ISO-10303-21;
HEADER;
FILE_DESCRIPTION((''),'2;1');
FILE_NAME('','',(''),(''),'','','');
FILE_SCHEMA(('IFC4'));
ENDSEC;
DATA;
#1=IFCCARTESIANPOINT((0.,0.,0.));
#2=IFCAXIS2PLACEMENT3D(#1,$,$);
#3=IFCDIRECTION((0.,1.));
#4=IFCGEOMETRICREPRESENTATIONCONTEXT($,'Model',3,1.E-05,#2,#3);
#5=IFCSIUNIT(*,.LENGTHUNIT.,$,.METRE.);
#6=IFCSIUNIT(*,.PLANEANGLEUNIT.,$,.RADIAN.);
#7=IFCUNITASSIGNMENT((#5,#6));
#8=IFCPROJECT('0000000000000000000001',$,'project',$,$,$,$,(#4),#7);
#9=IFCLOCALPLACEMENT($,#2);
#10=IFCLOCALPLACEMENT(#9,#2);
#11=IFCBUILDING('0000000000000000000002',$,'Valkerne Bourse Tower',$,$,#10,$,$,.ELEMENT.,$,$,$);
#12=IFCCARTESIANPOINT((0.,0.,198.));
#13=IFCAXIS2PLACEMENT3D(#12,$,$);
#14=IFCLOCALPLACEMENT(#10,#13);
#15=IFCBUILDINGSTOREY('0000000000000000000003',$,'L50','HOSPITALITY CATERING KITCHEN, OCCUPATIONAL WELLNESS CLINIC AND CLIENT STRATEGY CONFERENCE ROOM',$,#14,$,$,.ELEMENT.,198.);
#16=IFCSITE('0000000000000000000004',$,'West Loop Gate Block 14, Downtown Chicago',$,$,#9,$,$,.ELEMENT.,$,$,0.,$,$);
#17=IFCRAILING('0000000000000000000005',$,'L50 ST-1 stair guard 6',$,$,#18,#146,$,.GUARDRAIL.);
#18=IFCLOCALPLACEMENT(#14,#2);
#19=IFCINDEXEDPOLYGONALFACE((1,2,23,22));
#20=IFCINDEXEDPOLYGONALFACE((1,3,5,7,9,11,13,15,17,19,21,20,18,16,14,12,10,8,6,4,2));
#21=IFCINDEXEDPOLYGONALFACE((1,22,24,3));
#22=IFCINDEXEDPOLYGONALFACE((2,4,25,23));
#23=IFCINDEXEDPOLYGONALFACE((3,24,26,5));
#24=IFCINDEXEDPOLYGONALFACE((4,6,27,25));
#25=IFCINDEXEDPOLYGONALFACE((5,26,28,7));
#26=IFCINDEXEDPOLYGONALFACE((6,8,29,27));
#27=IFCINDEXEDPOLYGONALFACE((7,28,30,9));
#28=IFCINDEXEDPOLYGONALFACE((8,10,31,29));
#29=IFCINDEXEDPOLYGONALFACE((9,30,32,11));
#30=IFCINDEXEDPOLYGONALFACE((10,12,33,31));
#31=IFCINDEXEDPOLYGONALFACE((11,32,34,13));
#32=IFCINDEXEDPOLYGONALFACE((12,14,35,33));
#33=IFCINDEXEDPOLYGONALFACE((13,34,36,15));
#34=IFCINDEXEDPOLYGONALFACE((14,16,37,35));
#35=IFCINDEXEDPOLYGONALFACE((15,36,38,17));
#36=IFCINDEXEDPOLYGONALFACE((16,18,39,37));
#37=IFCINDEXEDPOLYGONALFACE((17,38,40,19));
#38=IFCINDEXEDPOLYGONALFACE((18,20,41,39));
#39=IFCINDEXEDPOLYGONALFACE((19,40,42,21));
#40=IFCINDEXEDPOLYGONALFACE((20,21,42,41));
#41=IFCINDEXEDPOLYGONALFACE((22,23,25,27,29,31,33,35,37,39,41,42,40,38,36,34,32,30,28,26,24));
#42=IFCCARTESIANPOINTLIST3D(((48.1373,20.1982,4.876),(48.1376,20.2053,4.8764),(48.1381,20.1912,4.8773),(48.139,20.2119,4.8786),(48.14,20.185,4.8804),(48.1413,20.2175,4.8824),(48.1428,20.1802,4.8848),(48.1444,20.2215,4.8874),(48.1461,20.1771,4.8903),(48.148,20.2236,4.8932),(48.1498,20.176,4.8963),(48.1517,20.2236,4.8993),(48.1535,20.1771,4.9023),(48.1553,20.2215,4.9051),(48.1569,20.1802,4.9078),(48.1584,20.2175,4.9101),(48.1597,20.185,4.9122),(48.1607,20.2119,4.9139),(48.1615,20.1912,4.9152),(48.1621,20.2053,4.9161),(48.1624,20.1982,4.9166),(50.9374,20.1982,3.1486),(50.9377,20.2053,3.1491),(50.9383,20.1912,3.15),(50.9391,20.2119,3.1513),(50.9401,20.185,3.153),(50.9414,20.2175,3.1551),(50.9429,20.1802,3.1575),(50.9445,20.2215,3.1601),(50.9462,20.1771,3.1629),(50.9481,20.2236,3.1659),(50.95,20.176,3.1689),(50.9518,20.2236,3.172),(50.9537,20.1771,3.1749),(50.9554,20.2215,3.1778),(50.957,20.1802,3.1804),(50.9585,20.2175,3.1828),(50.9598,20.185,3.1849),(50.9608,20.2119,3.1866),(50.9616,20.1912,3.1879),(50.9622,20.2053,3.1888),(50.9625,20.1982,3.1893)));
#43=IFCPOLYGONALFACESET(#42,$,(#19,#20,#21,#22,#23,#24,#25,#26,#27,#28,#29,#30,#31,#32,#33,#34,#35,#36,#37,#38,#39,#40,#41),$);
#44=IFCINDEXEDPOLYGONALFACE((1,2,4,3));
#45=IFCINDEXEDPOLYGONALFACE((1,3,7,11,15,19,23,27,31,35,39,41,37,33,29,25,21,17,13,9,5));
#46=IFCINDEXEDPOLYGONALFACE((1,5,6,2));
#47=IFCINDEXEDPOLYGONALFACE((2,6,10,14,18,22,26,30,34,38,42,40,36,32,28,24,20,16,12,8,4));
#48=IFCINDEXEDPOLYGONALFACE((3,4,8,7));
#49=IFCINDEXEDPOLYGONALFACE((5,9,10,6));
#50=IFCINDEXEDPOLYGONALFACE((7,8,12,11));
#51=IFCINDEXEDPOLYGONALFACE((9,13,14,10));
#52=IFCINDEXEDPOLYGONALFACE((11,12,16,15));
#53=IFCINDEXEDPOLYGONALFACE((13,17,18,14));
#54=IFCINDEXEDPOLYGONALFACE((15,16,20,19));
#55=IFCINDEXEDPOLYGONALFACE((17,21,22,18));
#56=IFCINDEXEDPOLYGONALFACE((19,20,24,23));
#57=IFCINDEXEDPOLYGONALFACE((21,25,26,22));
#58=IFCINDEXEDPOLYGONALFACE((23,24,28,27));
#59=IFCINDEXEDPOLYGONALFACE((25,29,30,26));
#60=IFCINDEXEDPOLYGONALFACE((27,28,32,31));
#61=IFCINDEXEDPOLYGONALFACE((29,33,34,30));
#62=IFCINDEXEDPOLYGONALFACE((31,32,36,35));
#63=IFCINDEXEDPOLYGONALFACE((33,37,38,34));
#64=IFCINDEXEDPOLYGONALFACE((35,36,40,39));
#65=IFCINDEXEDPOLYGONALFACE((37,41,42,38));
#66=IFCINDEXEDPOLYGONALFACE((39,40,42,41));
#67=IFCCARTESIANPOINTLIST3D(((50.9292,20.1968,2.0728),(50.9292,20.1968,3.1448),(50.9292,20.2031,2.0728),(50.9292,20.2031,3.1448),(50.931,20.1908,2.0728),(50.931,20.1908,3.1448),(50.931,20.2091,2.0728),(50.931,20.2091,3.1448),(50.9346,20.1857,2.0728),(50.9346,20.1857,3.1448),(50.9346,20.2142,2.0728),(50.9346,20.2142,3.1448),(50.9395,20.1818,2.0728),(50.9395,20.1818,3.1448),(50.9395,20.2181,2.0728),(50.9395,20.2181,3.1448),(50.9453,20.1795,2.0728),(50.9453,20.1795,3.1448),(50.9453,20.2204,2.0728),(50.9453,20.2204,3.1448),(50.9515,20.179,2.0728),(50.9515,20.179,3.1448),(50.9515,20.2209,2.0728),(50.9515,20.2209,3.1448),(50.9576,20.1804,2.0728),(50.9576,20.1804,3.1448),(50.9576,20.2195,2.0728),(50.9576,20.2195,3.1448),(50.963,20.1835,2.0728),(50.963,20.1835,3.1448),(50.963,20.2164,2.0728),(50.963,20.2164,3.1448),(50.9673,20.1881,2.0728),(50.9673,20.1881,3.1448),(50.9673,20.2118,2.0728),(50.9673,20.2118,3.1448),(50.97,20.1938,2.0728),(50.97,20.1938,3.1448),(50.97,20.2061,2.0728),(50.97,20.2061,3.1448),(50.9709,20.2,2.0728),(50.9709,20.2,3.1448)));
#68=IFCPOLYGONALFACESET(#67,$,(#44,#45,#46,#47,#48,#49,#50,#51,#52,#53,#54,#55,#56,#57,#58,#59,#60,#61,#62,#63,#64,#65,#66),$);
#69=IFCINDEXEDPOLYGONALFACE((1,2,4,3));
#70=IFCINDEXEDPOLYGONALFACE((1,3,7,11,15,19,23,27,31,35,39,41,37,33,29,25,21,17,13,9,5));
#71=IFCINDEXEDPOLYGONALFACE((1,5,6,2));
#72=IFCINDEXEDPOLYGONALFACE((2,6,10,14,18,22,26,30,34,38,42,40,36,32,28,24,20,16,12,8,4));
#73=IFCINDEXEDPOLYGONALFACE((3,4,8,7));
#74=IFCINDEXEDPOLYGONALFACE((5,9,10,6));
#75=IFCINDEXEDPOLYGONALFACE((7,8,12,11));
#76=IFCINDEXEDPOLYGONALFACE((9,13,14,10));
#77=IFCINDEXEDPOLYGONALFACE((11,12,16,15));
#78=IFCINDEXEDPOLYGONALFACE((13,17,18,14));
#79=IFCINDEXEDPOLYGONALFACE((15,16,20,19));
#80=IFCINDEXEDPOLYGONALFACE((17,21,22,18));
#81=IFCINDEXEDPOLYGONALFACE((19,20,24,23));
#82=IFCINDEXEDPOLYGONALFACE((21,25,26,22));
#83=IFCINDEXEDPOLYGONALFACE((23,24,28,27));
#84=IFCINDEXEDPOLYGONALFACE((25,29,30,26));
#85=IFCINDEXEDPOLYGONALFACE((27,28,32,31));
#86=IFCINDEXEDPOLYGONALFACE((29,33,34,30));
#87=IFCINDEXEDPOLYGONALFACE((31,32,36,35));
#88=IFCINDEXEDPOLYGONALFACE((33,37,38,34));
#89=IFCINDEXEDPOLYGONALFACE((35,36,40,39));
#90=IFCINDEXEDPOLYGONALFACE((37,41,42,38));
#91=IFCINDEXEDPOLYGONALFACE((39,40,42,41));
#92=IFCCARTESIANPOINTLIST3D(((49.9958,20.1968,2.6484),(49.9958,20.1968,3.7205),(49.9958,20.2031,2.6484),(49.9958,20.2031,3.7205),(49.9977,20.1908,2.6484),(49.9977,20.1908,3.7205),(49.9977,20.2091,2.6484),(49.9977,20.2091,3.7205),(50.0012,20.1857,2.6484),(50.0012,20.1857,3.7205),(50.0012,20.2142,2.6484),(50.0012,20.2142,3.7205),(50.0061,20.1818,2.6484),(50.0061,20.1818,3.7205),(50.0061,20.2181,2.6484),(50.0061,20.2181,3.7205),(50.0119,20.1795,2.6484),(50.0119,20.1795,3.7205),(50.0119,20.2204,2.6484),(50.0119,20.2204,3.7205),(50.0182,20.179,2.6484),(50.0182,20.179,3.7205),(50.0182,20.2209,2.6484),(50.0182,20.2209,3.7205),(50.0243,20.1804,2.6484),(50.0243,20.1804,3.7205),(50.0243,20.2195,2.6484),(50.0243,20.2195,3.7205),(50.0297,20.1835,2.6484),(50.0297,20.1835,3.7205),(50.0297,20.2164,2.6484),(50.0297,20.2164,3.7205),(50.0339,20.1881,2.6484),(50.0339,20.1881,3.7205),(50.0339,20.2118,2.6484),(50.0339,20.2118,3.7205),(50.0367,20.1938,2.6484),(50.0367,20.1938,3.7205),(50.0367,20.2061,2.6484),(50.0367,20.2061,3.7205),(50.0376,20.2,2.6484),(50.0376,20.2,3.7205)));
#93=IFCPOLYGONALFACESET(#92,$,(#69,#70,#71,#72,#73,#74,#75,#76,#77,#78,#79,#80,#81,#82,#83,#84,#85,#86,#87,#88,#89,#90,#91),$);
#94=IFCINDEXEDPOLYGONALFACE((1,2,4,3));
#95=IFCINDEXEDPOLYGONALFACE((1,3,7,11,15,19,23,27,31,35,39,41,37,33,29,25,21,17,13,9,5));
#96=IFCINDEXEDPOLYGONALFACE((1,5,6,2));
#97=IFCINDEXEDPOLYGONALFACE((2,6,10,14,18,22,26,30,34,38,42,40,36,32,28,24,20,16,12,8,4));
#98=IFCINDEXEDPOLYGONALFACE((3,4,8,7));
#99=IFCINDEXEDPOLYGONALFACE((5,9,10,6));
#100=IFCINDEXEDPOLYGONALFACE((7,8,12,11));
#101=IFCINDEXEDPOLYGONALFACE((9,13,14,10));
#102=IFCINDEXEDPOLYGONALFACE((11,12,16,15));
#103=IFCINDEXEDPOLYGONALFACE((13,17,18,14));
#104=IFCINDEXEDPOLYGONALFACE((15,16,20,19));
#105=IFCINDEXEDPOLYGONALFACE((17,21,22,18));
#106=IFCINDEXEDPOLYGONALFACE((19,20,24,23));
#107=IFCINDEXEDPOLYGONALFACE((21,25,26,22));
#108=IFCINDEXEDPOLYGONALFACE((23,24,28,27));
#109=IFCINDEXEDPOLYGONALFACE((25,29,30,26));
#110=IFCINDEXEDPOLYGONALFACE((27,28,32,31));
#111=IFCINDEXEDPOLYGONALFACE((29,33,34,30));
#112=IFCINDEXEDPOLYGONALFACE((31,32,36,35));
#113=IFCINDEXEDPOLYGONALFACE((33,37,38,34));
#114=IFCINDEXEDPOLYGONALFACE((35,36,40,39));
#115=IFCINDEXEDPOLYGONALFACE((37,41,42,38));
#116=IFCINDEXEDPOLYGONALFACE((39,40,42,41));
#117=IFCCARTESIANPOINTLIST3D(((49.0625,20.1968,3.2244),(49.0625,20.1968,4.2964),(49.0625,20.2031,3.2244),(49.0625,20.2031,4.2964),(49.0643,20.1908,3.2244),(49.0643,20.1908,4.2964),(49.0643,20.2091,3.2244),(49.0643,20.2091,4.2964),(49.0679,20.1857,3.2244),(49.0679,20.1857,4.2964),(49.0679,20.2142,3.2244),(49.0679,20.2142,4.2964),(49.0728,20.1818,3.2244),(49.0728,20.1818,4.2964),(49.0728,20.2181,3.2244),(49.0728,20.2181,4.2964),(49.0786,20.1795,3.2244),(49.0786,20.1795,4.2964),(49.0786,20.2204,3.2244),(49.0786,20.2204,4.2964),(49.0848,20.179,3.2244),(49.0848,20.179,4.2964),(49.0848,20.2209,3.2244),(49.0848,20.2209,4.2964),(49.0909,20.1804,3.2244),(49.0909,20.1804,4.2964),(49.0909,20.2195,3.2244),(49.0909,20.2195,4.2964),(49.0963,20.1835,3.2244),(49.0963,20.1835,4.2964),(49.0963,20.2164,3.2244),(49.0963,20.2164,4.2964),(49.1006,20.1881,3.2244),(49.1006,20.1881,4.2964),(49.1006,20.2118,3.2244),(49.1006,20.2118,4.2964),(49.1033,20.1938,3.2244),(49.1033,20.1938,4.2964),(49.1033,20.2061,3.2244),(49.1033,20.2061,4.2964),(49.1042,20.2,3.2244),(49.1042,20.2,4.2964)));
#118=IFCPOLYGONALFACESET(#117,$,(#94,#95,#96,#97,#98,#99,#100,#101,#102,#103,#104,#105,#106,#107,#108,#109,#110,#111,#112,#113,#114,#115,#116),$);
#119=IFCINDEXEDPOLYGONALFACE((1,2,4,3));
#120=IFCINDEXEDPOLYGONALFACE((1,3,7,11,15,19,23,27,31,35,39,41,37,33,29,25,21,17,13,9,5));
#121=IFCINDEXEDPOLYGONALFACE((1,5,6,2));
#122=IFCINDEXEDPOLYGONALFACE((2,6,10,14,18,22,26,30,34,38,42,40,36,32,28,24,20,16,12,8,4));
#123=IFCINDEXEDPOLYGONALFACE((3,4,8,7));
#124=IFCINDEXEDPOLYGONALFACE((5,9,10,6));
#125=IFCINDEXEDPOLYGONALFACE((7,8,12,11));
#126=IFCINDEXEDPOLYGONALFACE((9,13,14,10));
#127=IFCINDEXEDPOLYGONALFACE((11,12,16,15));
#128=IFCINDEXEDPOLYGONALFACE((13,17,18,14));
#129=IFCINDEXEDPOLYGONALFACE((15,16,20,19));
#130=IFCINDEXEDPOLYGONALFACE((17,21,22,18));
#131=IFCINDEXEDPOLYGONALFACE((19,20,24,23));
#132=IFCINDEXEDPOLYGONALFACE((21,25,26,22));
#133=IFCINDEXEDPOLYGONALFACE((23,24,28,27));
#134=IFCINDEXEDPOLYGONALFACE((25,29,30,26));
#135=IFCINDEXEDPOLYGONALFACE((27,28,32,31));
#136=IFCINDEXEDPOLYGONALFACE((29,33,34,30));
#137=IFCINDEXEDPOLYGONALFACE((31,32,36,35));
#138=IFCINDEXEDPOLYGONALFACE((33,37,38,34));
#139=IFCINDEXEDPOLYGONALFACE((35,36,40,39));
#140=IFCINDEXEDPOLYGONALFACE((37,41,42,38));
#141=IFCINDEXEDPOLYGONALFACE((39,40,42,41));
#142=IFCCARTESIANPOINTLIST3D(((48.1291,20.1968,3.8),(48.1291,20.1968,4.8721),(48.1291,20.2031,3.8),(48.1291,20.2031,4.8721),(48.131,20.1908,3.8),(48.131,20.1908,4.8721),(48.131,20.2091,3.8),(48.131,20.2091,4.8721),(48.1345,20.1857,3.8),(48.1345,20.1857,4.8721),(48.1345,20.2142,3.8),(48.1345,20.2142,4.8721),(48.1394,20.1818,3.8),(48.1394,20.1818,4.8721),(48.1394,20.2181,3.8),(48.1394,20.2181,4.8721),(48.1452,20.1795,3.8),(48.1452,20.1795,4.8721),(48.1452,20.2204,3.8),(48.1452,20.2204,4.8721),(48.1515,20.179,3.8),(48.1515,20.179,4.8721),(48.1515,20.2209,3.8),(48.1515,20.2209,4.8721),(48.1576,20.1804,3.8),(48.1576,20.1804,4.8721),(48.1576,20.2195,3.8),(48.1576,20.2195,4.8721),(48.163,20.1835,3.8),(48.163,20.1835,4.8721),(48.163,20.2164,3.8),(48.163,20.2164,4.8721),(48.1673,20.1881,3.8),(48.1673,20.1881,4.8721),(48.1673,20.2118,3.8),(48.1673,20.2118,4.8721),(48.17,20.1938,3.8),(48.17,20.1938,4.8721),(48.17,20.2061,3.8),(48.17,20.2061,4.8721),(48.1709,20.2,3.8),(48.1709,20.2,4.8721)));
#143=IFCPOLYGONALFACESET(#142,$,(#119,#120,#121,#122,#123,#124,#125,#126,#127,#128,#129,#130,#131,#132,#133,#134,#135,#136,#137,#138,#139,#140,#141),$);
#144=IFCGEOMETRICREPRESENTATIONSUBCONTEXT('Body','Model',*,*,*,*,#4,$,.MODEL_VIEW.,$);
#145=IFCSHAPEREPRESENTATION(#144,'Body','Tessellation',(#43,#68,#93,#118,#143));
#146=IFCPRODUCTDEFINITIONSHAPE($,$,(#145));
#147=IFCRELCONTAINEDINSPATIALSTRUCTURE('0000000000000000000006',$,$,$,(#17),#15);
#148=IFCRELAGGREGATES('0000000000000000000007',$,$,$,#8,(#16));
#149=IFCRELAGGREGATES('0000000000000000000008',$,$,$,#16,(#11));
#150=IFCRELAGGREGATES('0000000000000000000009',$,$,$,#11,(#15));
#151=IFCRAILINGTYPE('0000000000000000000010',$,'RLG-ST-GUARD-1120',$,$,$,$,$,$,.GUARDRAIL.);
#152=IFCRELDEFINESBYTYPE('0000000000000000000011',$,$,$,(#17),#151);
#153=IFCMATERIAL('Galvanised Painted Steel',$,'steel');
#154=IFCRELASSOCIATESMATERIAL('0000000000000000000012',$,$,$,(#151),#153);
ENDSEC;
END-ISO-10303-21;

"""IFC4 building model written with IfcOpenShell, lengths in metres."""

from ifc_helpers import new_model, si_unit, direction, frame, origin, origin_2d, place, context, subcontext, project, spatial, circle, extrude, material, type_object, element, save


model = new_model("IFC4")

# Units and contexts
model_context = context("Model", 3, precision=1e-05, world=origin(), true_north=direction((0.0, 1.0)))
body_context = subcontext(model_context, "Body", "Model", "MODEL_VIEW")
ifc_project = project(units=[si_unit("LENGTHUNIT", "METRE"), si_unit("PLANEANGLEUNIT", "RADIAN")], contexts=[model_context])

# Site, building, storey
site_placement = place(None, origin())
site = spatial("IfcSite", under=ifc_project, at=site_placement, Name="West Loop Gate Block 14, Downtown Chicago", CompositionType="ELEMENT", RefElevation=0.0)
building_placement = place(site_placement, origin())
building = spatial("IfcBuilding", under=site, at=building_placement, Name="Valkerne Bourse Tower", CompositionType="ELEMENT")
storey_placement = place(building_placement, frame((0.0, 0.0, 198.0)))
storey = spatial("IfcBuildingStorey", under=building, at=storey_placement, Name="L50", Description="HOSPITALITY CATERING KITCHEN, OCCUPATIONAL WELLNESS CLINIC AND CLIENT STRATEGY CONFERENCE ROOM", CompositionType="ELEMENT", Elevation=198.0)

# Shared definitions
ifc_material_1 = material(Name="Galvanised Painted Steel", Category="steel")

# Railing
railing_type_1 = type_object("IfcRailingType", Name="RLG-ST-GUARD-1120", PredefinedType="GUARDRAIL", material=ifc_material_1)
railing_1_placement = place(storey_placement, frame((50.95, 20.2, 2.0728)))
element("IfcRailing", 1, at=railing_1_placement, inside=storey, type_object=railing_type_1, Name="L50 ST-1 stair guard 6", PredefinedType="GUARDRAIL", context=body_context, shape_type="SweptSolid", body=[
    extrude(circle(Radius=0.0239, at=origin_2d()), frame((0.0, 0.0, 1.0962), z_axis=(-0.85109, 0.0, 0.52502), x_axis=(0.0, -1.0, 0.0)), (0.0, 0.0, 1.0), 3.29),
    extrude(circle(Radius=0.021, at=origin_2d()), origin(), (0.0, 0.0, 1.0), 1.072),
    extrude(circle(Radius=0.021, at=origin_2d()), frame((-0.9333, 0.0, 0.5757)), (0.0, 0.0, 1.0), 1.072),
    extrude(circle(Radius=0.021, at=origin_2d()), frame((-1.8667, 0.0, 1.1516)), (0.0, 0.0, 1.0), 1.072),
    extrude(circle(Radius=0.021, at=origin_2d()), frame((-2.8, 0.0, 1.7273)), (0.0, 0.0, 1.0), 1.072),
])

save(model, "model.ifc")
